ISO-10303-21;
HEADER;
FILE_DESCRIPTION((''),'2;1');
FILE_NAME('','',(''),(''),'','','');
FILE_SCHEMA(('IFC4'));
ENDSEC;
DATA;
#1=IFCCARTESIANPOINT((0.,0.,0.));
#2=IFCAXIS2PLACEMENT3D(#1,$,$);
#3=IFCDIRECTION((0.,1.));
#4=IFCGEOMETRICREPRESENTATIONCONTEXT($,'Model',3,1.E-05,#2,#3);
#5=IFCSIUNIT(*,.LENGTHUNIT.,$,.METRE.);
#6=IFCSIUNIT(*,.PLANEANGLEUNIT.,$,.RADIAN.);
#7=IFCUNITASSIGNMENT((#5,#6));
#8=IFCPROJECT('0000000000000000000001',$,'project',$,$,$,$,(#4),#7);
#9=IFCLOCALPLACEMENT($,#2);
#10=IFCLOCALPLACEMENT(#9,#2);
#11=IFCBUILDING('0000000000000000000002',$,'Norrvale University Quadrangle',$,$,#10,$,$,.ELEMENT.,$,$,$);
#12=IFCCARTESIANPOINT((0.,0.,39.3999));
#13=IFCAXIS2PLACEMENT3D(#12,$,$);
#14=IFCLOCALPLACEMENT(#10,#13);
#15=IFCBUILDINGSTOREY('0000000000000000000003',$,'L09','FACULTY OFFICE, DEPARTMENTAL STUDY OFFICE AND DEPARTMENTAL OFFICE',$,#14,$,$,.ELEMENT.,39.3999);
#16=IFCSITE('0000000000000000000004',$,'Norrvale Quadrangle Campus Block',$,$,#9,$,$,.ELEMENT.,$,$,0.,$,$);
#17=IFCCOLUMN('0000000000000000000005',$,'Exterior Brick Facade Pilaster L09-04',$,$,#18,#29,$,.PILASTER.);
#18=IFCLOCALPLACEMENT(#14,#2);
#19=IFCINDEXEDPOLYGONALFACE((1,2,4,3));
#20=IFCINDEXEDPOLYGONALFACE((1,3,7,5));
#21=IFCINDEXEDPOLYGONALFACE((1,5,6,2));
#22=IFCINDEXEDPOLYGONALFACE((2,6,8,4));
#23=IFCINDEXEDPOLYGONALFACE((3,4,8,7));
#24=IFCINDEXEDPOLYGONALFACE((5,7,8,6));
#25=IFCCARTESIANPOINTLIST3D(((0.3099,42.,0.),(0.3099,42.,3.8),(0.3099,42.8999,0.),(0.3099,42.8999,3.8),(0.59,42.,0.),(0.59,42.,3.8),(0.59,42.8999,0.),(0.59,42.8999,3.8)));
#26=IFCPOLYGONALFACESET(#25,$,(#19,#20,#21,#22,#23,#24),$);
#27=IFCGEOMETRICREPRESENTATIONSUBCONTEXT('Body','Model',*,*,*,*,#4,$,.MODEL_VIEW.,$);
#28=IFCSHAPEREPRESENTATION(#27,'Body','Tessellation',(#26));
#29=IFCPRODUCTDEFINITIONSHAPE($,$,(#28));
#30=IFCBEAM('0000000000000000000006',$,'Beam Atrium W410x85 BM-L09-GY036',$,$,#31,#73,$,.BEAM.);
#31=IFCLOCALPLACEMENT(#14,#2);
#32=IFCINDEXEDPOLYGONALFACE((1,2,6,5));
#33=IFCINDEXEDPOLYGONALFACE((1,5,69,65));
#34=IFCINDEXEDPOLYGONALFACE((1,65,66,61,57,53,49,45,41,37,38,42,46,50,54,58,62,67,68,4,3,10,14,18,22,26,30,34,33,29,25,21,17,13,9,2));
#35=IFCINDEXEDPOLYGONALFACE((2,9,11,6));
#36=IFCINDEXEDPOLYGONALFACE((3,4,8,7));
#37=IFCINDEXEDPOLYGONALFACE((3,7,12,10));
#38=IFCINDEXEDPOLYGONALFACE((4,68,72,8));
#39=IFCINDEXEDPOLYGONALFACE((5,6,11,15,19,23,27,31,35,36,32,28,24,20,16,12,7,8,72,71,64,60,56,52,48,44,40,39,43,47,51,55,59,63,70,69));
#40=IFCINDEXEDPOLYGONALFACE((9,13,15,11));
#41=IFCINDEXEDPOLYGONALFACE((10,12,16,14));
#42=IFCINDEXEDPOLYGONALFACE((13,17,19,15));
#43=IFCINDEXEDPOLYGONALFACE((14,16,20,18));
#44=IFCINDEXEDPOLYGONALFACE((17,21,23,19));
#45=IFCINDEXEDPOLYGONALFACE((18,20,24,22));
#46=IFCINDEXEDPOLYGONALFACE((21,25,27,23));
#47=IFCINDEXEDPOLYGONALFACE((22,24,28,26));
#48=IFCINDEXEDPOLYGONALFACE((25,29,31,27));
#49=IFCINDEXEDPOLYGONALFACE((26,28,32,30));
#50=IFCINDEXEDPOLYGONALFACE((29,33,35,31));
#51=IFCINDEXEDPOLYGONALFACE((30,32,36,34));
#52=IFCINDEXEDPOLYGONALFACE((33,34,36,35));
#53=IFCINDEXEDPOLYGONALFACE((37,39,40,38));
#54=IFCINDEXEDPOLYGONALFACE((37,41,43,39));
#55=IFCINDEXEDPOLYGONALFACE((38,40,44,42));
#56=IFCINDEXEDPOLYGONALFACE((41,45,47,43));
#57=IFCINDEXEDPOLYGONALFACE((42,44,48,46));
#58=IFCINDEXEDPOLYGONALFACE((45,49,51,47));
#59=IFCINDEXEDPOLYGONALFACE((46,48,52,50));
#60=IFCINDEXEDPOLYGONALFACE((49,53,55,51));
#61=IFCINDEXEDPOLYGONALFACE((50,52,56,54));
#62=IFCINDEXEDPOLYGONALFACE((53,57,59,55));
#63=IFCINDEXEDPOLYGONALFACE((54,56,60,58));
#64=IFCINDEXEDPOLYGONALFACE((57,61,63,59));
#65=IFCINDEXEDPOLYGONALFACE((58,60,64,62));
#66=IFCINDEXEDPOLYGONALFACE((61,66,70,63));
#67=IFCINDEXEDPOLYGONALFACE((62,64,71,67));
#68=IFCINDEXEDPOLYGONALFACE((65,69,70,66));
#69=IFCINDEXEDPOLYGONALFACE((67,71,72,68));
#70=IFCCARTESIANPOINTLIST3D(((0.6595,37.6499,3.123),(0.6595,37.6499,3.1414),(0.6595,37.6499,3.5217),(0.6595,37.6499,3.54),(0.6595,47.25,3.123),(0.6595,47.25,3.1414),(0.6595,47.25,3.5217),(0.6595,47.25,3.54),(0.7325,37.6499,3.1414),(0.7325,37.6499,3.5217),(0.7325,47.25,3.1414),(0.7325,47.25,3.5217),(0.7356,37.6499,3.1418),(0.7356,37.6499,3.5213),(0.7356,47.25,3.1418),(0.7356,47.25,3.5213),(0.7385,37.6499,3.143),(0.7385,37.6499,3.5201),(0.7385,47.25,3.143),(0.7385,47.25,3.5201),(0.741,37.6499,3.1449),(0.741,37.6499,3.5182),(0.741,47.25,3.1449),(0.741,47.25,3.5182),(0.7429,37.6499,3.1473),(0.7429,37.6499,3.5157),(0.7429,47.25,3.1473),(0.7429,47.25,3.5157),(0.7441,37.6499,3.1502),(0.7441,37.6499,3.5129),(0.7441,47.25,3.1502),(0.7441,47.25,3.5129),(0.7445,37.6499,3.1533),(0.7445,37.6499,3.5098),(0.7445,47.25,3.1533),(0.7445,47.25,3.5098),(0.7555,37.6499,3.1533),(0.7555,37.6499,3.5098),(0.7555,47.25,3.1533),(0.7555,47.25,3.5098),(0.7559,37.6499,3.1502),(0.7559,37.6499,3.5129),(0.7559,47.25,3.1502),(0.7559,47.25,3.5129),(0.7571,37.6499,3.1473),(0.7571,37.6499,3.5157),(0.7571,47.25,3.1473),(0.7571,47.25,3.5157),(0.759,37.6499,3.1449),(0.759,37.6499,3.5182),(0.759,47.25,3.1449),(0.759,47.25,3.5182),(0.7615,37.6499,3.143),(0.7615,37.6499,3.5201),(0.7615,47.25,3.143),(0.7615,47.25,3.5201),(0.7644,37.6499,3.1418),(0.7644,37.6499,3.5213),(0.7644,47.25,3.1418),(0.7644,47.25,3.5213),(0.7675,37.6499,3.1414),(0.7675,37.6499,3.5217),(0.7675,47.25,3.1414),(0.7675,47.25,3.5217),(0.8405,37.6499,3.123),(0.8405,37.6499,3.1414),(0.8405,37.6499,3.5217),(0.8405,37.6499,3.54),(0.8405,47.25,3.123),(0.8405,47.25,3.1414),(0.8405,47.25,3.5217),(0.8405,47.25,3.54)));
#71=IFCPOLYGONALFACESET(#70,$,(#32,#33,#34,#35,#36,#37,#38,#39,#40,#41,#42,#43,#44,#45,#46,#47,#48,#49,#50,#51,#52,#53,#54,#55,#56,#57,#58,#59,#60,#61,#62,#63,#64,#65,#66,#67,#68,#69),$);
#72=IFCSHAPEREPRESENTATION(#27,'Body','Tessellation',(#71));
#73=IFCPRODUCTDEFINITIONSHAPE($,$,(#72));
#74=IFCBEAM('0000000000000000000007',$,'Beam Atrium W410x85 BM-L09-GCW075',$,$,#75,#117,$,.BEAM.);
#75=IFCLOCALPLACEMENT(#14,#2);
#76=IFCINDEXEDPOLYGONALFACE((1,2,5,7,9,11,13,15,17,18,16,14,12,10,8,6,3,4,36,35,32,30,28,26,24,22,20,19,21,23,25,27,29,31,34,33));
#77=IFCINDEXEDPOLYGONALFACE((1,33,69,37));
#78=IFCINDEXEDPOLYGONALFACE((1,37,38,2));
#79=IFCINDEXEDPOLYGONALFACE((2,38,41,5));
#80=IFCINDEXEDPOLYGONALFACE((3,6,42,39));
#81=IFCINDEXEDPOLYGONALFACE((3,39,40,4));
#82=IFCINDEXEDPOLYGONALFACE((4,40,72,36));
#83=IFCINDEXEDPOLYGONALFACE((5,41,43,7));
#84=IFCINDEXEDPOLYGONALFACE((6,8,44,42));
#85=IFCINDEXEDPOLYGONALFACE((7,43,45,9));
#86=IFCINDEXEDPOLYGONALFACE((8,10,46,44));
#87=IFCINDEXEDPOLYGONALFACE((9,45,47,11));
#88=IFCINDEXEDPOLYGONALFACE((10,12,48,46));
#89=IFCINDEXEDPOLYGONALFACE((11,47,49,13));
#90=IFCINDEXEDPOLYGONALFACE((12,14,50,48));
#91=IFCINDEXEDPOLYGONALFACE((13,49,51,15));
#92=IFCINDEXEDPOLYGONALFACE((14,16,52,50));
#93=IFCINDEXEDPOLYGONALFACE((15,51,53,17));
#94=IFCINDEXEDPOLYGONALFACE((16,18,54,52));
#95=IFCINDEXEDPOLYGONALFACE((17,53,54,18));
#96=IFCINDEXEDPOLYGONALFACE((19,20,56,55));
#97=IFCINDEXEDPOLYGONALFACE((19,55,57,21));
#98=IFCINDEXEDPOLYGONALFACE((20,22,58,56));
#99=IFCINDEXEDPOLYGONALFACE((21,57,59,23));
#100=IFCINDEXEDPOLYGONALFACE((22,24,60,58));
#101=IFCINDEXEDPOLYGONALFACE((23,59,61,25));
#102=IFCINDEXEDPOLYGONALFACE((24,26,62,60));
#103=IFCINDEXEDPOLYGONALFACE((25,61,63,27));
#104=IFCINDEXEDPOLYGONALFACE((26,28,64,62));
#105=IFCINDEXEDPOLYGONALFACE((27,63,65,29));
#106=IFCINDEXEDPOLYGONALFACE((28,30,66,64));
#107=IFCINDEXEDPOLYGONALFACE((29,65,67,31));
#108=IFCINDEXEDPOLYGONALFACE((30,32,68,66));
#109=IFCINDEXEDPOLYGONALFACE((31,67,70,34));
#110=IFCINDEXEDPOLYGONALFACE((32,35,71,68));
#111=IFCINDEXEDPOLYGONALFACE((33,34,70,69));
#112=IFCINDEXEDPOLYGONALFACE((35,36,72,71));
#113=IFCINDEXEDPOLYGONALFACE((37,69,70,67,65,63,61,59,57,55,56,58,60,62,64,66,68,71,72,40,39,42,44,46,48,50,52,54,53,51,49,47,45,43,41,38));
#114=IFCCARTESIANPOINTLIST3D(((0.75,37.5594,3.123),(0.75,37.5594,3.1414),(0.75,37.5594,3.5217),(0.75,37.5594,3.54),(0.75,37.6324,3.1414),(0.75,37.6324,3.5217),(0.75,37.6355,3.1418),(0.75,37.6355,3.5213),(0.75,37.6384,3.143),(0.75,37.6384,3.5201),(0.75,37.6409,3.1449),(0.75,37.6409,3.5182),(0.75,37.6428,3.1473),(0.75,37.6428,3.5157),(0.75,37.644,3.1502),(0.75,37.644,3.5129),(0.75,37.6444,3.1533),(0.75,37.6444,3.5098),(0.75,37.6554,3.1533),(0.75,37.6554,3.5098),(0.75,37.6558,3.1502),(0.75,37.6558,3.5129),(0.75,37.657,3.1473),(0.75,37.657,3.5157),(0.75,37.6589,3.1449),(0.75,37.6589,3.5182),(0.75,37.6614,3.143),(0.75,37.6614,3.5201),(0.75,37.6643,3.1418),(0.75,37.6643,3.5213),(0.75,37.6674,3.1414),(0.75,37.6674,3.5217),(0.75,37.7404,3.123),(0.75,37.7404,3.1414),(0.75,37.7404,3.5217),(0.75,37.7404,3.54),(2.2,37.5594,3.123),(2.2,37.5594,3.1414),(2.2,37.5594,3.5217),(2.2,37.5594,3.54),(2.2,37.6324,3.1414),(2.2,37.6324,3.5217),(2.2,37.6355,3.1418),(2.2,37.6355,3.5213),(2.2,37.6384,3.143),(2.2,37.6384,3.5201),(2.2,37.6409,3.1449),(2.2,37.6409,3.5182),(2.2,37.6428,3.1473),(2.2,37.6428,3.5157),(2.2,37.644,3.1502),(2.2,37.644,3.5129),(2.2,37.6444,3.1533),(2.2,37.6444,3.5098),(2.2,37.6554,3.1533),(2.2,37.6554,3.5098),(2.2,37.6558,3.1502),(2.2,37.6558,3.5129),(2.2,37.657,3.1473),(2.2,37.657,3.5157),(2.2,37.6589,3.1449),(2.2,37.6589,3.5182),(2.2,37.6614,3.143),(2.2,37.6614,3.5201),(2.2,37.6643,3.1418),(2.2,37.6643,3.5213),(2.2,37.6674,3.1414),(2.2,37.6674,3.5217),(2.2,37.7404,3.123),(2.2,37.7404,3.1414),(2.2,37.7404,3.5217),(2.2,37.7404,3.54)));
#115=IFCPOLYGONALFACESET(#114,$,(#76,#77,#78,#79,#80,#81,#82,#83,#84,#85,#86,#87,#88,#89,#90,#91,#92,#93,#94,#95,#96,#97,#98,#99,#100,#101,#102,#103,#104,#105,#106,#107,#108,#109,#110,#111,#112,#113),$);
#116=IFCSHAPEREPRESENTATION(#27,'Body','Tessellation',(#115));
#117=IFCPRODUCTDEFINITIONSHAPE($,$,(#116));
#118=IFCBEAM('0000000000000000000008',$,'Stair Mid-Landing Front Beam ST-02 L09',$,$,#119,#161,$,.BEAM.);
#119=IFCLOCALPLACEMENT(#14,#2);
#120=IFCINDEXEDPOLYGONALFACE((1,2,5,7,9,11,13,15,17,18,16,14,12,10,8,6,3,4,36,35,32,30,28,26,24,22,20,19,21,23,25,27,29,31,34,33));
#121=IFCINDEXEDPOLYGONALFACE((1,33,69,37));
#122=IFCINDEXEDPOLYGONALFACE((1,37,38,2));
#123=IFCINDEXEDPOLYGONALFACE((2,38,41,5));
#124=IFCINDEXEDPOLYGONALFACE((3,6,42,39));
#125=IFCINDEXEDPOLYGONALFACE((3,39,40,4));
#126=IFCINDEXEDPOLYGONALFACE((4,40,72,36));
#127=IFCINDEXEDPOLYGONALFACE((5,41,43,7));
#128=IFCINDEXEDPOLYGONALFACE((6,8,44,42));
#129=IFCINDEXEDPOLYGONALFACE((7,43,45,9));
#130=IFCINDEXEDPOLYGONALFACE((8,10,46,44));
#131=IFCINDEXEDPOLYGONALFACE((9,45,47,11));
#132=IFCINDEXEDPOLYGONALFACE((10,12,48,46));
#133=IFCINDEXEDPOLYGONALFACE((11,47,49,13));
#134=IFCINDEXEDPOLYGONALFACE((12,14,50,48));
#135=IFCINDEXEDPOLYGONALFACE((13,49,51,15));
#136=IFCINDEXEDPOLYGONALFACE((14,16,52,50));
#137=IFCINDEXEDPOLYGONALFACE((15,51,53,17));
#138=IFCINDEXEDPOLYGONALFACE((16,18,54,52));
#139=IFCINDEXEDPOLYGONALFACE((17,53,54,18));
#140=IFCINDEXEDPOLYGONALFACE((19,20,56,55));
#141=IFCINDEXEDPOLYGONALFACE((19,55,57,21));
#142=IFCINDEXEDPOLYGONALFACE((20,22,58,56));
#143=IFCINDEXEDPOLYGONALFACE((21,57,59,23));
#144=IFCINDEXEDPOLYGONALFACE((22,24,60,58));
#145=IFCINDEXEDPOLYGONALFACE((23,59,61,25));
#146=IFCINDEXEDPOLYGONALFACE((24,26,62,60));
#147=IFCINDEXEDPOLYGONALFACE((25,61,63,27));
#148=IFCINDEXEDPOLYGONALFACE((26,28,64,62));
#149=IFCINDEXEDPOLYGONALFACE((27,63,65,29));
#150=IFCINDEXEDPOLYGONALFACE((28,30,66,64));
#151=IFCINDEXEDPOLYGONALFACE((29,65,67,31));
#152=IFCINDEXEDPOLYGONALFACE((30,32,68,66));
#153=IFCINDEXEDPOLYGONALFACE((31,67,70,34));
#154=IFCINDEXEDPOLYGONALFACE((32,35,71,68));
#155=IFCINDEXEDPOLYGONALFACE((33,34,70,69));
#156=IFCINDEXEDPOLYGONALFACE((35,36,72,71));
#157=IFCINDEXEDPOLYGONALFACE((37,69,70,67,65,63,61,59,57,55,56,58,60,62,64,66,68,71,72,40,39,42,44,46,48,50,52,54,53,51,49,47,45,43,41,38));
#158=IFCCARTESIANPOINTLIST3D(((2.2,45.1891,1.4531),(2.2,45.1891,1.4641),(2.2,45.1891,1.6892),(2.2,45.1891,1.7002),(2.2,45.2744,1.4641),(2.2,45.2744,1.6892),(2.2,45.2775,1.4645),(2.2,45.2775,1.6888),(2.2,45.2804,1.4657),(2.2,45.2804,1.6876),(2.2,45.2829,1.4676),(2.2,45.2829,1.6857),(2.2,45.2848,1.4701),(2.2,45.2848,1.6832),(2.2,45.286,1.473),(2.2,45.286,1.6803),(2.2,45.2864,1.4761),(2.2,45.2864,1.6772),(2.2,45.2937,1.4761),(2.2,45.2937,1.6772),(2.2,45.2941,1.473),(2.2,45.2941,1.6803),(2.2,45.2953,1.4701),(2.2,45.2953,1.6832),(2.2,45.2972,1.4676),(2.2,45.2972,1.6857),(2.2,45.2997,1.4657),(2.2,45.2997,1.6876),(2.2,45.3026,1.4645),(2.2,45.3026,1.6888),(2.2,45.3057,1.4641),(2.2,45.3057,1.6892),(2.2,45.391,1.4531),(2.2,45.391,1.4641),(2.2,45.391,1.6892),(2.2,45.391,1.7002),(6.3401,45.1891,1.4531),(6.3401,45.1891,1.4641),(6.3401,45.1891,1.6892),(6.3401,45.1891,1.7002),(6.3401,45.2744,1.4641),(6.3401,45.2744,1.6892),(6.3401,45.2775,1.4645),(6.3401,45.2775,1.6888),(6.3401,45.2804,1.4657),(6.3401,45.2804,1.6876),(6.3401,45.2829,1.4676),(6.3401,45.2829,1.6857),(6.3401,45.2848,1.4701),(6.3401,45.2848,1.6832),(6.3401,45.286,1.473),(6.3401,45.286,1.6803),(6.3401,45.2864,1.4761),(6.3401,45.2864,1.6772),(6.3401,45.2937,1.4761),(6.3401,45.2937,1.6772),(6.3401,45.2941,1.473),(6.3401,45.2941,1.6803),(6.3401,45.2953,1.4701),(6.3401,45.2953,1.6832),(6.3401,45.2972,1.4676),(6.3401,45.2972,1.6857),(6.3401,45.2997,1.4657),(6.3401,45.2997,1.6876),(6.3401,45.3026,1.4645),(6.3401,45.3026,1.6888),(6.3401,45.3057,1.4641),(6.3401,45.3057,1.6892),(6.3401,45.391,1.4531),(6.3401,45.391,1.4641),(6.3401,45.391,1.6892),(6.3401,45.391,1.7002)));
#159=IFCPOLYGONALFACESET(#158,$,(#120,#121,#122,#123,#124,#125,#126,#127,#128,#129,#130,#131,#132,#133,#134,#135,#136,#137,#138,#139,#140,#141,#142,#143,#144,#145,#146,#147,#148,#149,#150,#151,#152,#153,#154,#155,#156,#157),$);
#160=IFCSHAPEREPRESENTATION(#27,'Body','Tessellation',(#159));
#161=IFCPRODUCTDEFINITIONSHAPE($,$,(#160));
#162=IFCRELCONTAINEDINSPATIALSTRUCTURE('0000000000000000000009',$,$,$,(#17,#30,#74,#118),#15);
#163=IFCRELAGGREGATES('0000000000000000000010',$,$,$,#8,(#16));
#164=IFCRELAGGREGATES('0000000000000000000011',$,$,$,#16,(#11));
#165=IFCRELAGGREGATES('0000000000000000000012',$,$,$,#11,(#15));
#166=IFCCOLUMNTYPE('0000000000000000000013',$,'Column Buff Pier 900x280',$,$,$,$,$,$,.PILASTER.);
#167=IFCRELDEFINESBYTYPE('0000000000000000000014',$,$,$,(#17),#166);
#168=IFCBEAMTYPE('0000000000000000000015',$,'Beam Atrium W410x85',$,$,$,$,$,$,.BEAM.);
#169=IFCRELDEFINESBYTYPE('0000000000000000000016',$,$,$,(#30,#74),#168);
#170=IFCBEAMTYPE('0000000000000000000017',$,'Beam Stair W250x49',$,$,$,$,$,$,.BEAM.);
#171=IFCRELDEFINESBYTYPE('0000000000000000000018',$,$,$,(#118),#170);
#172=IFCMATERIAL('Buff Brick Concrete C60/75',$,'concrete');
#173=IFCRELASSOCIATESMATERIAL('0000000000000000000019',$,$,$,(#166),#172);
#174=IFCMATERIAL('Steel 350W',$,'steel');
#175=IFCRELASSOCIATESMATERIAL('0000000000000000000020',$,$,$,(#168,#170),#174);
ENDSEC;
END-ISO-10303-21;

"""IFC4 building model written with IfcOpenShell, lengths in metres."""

from ifc_helpers import new_model, si_unit, direction, frame, origin, origin_2d, place, context, subcontext, project, spatial, rectangle, i_section, extrude, material, material_profile, profile_set, type_object, element, save


model = new_model("IFC4")

# Units and contexts
model_context = context("Model", 3, precision=1e-05, world=origin(), true_north=direction((0.0, 1.0)))
body_context = subcontext(model_context, "Body", "Model", "MODEL_VIEW")
ifc_project = project(units=[si_unit("LENGTHUNIT", "METRE"), si_unit("PLANEANGLEUNIT", "RADIAN")], contexts=[model_context])

# Site, building, storey
site_placement = place(None, origin())
site = spatial("IfcSite", under=ifc_project, at=site_placement, Name="Norrvale Quadrangle Campus Block", CompositionType="ELEMENT", RefElevation=0.0)
building_placement = place(site_placement, origin())
building = spatial("IfcBuilding", under=site, at=building_placement, Name="Norrvale University Quadrangle", CompositionType="ELEMENT")
storey_placement = place(building_placement, frame((0.0, 0.0, 39.3999)))
storey = spatial("IfcBuildingStorey", under=building, at=storey_placement, Name="L09", Description="FACULTY OFFICE, DEPARTMENTAL STUDY OFFICE AND DEPARTMENTAL OFFICE", CompositionType="ELEMENT", Elevation=39.3999)

# Column
ifc_material_1 = material(Name="Buff Brick Concrete C60/75", Category="concrete")
ifc_material_profile_1 = material_profile(ifc_material_1, rectangle(XDim=0.8999, YDim=0.28, at=origin_2d()), Name="Buff Brick Concrete C60/75")
ifc_profile_set_1 = profile_set([ifc_material_profile_1], Name="Buff Brick Concrete C60/75")
column_type = type_object("IfcColumnType", Name="Column Buff Pier 900x280", PredefinedType="PILASTER", material=ifc_profile_set_1)
column_placement = place(storey_placement, frame((0.45, 42.45, 0.0), z_axis=(0.0, 0.0, 1.0), x_axis=(0.0, 1.0, 0.0)))
element("IfcColumn", 1, at=column_placement, inside=storey, type_object=column_type, Name="Exterior Brick Facade Pilaster L09-04", PredefinedType="PILASTER", context=body_context, shape_type="SweptSolid", body=[
    extrude(rectangle(XDim=0.8999, YDim=0.28, at=origin_2d()), origin(), (0.0, 0.0, 1.0), 3.8),
])

# Beams
ifc_material_2 = material(Name="Steel 350W", Category="steel")
ifc_material_profile_2 = material_profile(ifc_material_2, i_section(OverallWidth=0.1809, OverallDepth=0.417, WebThickness=0.011, FlangeThickness=0.0183, FilletRadius=0.012, at=origin_2d()), Name="Steel 350W")
ifc_profile_set_2 = profile_set([ifc_material_profile_2], Name="Steel 350W")
beam_type_1 = type_object("IfcBeamType", Name="Beam Atrium W410x85", PredefinedType="BEAM", material=ifc_profile_set_2)
beam_1_placement = place(storey_placement, frame((0.75, 37.6499, 3.3315), z_axis=(0.0, 1.0, 0.0), x_axis=(-1.0, 0.0, 0.0)))
element("IfcBeam", 2, at=beam_1_placement, inside=storey, type_object=beam_type_1, Name="Beam Atrium W410x85 BM-L09-GY036", PredefinedType="BEAM", context=body_context, shape_type="SweptSolid", body=[
    extrude(i_section(OverallWidth=0.1809, OverallDepth=0.417, WebThickness=0.011, FlangeThickness=0.0183, FilletRadius=0.012, at=origin_2d()), origin(), (0.0, 0.0, 1.0), 9.6001),
])
beam_2_placement = place(storey_placement, frame((0.75, 37.6499, 3.3315), z_axis=(1.0, 0.0, 0.0), x_axis=(0.0, 1.0, 0.0)))
element("IfcBeam", 3, at=beam_2_placement, inside=storey, type_object=beam_type_1, Name="Beam Atrium W410x85 BM-L09-GCW075", PredefinedType="BEAM", context=body_context, shape_type="SweptSolid", body=[
    extrude(i_section(OverallWidth=0.1809, OverallDepth=0.417, WebThickness=0.011, FlangeThickness=0.0183, FilletRadius=0.012, at=origin_2d()), origin(), (0.0, 0.0, 1.0), 1.45),
])
ifc_material_profile_3 = material_profile(ifc_material_2, i_section(OverallWidth=0.2019, OverallDepth=0.2471, WebThickness=0.0073, FlangeThickness=0.011, FilletRadius=0.012, at=origin_2d()), Name="Steel 350W")
ifc_profile_set_3 = profile_set([ifc_material_profile_3], Name="Steel 350W")
beam_type_2 = type_object("IfcBeamType", Name="Beam Stair W250x49", PredefinedType="BEAM", material=ifc_profile_set_3)
beam_3_placement = place(storey_placement, frame((2.2, 45.29, 1.5767), z_axis=(1.0, 0.0, 0.0), x_axis=(0.0, 1.0, 0.0)))
element("IfcBeam", 4, at=beam_3_placement, inside=storey, type_object=beam_type_2, Name="Stair Mid-Landing Front Beam ST-02 L09", PredefinedType="BEAM", context=body_context, shape_type="SweptSolid", body=[
    extrude(i_section(OverallWidth=0.2019, OverallDepth=0.2471, WebThickness=0.0073, FlangeThickness=0.011, FilletRadius=0.012, at=origin_2d()), origin(), (0.0, 0.0, 1.0), 4.1401),
])

save(model, "model.ifc")
